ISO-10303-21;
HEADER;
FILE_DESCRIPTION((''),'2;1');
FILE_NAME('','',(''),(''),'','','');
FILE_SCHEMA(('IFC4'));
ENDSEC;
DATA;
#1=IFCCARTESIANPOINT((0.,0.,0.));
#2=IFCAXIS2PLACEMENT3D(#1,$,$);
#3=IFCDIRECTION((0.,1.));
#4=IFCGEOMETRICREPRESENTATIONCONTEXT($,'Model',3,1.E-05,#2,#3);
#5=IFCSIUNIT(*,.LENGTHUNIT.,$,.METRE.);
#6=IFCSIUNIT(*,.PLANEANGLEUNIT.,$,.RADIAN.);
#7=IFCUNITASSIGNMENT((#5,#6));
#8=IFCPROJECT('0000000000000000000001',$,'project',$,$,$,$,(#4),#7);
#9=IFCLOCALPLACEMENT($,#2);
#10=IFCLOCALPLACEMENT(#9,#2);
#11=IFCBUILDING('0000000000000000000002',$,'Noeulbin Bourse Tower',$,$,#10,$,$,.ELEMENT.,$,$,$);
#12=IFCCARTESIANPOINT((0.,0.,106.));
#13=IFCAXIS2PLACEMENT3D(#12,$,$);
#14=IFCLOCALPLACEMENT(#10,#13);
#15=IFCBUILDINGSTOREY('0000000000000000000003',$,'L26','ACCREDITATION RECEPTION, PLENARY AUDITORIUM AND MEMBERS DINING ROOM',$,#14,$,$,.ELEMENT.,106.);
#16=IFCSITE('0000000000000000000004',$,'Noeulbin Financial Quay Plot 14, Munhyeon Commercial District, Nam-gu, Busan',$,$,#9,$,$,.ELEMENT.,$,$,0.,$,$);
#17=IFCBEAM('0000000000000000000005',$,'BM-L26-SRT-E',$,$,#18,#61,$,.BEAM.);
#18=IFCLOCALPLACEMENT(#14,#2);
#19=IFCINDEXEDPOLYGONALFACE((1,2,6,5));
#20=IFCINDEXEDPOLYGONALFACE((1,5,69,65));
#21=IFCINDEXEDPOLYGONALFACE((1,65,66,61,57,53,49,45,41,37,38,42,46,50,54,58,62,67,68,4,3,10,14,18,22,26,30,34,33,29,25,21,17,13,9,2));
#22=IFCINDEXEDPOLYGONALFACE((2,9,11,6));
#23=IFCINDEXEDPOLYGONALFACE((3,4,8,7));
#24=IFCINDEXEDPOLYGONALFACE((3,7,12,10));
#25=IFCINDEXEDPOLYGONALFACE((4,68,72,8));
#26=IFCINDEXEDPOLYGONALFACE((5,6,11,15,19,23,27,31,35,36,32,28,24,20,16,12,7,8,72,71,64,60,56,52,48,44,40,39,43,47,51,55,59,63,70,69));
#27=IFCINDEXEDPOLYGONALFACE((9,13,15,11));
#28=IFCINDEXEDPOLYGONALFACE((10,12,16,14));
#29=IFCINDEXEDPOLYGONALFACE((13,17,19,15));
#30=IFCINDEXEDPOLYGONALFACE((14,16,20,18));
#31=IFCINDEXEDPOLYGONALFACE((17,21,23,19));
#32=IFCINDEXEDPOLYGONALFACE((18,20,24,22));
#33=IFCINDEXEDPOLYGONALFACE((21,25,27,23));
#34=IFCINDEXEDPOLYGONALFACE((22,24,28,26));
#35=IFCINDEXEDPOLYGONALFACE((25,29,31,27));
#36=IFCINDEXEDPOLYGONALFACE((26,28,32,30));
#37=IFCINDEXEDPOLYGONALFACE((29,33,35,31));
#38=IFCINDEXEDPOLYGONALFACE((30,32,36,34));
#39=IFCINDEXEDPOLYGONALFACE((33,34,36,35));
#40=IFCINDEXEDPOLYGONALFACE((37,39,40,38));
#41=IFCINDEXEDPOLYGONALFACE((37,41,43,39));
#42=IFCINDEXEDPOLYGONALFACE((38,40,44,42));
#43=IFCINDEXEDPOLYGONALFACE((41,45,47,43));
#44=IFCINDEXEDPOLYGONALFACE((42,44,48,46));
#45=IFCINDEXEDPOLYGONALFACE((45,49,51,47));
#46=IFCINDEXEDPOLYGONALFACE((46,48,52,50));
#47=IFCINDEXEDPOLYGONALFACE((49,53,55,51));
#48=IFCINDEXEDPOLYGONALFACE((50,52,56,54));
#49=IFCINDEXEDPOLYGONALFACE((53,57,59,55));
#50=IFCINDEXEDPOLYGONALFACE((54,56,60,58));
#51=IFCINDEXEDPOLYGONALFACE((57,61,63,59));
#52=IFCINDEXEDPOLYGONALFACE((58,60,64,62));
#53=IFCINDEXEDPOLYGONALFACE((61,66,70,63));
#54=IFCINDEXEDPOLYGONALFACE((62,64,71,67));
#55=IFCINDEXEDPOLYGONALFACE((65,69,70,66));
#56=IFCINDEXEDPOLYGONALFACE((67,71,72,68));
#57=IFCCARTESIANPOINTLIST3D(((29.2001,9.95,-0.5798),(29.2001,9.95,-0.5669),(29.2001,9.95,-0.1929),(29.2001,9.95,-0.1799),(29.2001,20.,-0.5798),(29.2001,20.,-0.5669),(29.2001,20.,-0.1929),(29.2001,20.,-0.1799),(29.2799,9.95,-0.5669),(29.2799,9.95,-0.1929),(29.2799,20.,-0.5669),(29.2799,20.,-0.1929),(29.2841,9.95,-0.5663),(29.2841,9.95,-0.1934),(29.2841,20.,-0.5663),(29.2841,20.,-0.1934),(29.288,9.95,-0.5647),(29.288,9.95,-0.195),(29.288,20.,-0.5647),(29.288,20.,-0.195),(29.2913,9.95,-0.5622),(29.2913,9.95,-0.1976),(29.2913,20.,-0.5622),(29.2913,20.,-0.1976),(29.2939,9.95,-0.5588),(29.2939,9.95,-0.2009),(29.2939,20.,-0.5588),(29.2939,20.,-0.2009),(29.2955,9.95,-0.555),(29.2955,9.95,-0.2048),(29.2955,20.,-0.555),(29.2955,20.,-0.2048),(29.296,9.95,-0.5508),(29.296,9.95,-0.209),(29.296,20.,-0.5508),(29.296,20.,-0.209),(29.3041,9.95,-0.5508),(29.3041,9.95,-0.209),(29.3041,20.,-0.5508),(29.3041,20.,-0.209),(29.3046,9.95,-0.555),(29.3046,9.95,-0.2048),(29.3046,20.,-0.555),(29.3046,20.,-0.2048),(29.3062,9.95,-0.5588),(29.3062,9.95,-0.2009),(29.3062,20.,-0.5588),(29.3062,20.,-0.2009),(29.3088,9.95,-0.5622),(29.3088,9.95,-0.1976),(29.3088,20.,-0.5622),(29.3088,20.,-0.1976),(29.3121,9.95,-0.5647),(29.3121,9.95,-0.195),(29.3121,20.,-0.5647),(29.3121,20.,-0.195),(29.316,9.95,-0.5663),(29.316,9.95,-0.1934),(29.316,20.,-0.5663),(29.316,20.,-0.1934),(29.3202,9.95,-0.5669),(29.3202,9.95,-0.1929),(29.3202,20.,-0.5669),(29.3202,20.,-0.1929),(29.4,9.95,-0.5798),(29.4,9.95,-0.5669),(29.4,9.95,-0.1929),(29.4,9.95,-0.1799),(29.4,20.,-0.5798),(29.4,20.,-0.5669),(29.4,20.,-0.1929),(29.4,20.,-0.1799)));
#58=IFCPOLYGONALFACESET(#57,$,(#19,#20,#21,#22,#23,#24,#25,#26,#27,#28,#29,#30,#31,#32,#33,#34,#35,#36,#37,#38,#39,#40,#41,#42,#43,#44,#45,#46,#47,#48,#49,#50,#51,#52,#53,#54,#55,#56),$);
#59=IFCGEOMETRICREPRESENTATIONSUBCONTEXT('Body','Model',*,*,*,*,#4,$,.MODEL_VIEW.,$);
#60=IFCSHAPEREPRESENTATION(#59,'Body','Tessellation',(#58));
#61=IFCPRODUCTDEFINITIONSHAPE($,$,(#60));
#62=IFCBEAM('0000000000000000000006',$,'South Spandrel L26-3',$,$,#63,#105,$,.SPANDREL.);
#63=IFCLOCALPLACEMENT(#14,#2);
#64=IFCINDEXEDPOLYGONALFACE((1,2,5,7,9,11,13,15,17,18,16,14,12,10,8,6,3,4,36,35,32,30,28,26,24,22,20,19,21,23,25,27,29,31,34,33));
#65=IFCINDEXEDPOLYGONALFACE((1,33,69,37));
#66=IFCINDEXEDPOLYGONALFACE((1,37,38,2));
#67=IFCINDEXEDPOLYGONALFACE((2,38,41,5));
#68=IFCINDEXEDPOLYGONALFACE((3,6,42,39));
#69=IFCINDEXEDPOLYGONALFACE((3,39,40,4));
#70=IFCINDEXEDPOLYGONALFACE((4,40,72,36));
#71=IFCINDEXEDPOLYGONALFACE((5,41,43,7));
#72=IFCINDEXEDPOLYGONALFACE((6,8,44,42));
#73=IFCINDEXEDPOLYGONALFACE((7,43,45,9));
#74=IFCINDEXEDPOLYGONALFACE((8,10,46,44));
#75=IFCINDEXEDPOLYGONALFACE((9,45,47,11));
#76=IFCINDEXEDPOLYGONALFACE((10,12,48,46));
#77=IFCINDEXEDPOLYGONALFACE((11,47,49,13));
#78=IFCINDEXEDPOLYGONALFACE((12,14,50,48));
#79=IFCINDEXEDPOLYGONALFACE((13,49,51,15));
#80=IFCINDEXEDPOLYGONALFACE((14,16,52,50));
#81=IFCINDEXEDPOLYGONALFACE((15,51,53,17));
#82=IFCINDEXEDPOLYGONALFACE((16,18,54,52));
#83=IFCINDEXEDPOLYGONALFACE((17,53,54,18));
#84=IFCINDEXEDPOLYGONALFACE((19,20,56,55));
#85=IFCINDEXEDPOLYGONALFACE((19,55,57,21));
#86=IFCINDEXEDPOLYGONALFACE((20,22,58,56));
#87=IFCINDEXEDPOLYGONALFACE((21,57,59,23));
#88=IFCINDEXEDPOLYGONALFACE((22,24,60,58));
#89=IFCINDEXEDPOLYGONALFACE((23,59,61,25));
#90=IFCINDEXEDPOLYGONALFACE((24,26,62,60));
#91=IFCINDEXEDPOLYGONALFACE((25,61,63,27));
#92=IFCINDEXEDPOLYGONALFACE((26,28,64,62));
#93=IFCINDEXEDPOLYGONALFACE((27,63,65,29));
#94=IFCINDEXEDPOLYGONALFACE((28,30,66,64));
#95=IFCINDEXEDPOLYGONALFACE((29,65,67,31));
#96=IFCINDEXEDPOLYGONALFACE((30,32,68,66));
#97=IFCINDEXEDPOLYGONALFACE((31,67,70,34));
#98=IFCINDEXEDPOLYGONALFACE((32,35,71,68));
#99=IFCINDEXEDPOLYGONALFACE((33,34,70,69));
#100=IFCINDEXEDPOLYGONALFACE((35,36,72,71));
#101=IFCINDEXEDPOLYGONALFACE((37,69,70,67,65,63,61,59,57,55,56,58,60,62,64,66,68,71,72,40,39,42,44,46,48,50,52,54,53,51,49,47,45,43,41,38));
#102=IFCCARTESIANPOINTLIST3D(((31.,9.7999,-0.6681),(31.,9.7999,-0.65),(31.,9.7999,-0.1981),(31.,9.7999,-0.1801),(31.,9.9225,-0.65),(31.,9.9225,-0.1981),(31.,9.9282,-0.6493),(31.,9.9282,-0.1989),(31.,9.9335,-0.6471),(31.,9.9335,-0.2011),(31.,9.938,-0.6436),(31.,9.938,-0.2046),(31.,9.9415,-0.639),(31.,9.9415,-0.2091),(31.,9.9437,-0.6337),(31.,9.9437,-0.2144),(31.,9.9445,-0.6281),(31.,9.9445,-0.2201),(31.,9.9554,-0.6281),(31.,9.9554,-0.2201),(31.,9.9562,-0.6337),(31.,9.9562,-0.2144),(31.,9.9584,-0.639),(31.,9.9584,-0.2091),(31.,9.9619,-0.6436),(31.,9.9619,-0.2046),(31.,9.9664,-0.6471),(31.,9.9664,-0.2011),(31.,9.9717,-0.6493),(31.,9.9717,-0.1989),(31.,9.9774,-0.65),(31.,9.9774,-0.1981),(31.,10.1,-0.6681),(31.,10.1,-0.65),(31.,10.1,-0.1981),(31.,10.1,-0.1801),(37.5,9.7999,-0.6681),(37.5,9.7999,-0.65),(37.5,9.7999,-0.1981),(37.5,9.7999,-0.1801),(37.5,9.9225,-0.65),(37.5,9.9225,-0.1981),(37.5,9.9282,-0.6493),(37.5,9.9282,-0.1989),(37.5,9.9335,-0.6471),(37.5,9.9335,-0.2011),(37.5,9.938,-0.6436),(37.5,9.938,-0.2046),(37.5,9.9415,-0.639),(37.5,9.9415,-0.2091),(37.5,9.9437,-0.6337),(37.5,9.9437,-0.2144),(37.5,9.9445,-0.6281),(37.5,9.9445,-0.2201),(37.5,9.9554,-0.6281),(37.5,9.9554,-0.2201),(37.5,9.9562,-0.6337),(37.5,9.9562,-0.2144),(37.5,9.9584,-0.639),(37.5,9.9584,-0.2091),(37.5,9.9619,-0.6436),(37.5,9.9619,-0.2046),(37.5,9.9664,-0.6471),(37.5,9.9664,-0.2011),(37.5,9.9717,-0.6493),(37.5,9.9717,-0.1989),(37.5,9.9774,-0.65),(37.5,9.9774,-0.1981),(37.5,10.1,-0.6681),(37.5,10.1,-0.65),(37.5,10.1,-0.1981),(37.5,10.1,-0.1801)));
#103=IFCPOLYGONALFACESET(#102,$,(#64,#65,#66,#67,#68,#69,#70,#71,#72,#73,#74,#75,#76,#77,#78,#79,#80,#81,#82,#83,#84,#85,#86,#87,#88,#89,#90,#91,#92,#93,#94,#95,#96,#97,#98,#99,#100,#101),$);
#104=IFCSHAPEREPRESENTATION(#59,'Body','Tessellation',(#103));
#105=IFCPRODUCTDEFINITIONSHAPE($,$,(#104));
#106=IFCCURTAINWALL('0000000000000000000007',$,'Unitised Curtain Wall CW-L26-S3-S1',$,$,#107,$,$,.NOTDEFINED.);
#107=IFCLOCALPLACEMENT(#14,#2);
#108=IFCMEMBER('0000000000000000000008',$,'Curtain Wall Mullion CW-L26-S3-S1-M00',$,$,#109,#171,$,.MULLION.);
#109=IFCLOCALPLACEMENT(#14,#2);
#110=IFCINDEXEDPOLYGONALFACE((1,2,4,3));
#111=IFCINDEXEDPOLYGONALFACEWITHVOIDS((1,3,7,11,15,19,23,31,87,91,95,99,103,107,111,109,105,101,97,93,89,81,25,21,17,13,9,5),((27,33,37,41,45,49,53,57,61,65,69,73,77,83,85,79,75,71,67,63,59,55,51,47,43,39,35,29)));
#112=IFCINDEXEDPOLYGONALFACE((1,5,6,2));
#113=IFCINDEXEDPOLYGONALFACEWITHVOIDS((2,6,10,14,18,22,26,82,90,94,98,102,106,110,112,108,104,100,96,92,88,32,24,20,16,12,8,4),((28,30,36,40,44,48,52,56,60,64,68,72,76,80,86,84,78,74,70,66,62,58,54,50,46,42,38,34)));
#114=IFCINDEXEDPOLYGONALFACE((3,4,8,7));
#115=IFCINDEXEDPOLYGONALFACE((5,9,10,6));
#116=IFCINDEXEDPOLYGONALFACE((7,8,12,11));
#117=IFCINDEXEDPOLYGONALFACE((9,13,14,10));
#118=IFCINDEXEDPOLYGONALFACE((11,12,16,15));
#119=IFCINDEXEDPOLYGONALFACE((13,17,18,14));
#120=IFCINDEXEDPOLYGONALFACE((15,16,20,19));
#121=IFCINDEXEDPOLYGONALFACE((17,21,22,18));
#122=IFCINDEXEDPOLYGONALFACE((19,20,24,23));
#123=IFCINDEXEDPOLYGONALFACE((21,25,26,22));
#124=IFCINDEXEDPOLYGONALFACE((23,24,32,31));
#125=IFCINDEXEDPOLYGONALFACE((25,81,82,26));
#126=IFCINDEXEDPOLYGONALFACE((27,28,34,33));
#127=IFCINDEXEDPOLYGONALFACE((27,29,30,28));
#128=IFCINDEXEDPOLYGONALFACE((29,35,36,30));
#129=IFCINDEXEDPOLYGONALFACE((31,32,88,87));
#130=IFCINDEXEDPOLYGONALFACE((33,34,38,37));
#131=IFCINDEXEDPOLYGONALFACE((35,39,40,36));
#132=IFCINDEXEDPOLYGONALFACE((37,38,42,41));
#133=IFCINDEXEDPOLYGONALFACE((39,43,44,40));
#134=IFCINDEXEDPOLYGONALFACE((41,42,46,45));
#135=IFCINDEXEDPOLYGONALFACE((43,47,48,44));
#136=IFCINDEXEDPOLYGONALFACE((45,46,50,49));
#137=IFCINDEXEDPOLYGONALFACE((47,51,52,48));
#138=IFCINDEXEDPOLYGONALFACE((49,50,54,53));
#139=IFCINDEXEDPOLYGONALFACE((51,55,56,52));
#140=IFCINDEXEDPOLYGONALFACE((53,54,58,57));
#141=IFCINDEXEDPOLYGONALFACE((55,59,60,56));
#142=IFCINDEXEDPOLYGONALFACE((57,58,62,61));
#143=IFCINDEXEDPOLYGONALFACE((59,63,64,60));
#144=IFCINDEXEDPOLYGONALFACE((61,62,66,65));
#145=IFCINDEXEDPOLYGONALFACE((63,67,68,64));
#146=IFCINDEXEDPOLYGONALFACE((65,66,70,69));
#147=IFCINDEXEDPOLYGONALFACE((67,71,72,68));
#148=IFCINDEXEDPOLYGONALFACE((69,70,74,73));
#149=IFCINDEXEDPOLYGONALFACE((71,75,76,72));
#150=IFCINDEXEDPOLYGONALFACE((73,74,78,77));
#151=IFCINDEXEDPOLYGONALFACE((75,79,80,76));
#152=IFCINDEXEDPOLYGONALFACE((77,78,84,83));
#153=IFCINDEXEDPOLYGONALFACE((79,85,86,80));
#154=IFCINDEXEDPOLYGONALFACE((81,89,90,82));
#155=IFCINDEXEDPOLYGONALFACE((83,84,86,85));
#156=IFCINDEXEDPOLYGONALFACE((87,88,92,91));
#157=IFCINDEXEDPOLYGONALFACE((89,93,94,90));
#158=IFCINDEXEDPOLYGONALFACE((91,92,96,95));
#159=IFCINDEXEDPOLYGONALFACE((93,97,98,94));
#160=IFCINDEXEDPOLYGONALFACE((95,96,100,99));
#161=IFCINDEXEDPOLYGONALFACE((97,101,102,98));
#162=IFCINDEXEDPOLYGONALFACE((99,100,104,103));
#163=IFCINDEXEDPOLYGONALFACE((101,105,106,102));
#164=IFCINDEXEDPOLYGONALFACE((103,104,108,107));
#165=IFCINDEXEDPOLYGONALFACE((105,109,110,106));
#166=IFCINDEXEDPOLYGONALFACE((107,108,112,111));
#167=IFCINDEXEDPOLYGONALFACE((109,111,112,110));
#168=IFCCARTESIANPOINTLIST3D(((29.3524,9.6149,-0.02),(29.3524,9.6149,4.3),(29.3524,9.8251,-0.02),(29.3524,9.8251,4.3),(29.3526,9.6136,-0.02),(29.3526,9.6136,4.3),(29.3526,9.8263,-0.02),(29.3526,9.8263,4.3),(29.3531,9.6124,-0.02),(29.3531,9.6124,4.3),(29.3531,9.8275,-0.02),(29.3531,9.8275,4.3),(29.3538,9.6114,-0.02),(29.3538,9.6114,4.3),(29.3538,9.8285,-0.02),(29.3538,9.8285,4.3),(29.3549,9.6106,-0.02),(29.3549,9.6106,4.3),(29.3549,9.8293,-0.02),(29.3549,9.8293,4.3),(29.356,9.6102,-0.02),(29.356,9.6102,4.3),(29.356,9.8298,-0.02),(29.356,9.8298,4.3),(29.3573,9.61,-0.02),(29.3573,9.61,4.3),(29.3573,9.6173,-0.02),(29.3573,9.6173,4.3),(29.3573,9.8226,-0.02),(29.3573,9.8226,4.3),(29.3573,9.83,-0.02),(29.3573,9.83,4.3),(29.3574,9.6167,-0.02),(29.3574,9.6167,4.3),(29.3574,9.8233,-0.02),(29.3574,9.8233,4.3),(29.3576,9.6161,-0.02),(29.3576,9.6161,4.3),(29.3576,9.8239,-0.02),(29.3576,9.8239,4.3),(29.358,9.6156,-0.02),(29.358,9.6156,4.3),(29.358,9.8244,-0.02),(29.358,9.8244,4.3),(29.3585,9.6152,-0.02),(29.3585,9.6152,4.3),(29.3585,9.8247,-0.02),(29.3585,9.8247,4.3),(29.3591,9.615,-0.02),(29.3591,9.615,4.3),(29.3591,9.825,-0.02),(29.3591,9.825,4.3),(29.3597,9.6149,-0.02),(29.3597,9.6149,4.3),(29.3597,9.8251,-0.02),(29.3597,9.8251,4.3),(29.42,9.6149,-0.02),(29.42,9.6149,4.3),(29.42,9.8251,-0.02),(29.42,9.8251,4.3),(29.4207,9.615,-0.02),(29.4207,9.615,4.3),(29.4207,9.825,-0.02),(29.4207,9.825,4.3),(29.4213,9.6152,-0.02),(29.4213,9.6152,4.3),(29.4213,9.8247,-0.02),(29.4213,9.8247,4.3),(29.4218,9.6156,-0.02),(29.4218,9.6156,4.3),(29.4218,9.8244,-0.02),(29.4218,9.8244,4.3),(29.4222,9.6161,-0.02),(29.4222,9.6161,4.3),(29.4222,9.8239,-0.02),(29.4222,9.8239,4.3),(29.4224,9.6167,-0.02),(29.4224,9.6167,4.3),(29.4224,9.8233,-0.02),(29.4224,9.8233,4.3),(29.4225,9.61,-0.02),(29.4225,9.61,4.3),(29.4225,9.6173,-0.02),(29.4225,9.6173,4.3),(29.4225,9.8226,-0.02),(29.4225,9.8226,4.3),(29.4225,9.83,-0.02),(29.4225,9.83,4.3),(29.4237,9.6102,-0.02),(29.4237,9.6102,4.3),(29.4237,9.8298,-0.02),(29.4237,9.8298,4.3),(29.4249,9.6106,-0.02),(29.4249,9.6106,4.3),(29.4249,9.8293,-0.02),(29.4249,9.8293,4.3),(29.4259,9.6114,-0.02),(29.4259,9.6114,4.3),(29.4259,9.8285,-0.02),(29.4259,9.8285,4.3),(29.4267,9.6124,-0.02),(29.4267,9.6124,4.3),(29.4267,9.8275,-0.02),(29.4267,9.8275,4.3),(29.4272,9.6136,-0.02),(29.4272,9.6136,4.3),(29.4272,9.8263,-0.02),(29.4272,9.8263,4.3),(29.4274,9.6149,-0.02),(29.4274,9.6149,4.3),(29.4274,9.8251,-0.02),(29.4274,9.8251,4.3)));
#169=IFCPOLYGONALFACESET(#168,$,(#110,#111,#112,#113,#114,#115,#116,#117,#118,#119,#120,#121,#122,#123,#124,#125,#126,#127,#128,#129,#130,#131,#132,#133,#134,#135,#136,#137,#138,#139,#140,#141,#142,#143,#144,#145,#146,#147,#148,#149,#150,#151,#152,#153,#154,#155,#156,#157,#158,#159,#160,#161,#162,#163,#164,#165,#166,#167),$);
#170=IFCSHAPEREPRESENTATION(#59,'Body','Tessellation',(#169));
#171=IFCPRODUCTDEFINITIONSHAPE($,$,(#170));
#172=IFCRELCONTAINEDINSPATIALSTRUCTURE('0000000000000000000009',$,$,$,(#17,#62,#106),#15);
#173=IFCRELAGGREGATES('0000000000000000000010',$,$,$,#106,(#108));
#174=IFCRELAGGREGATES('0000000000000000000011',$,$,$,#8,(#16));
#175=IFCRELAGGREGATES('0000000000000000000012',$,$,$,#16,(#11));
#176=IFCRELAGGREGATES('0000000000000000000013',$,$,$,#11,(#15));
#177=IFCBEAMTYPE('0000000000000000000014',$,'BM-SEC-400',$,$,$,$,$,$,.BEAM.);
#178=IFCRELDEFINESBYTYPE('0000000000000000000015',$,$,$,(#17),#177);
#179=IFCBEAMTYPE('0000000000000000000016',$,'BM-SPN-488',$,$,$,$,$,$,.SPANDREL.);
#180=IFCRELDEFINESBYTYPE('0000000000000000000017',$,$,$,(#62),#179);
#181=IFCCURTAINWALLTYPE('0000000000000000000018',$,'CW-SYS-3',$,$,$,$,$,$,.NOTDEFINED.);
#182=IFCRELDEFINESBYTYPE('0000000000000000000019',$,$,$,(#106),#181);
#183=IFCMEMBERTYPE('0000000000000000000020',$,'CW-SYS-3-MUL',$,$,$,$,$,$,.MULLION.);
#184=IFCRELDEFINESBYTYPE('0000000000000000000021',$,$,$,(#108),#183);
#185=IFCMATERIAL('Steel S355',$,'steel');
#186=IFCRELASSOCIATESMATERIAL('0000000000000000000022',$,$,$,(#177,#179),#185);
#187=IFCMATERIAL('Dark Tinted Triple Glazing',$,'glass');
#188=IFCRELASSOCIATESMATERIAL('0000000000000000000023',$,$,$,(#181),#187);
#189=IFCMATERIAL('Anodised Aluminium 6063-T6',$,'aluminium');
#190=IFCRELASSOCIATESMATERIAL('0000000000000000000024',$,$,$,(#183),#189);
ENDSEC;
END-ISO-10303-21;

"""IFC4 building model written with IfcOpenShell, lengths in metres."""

from ifc_helpers import new_model, si_unit, direction, frame, origin, origin_2d, place, context, subcontext, project, spatial, hollow_rectangle, i_section, extrude, material, material_profile, profile_set, type_object, element, aggregate, save


model = new_model("IFC4")

# Units and contexts
model_context = context("Model", 3, precision=1e-05, world=origin(), true_north=direction((0.0, 1.0)))
body_context = subcontext(model_context, "Body", "Model", "MODEL_VIEW")
ifc_project = project(units=[si_unit("LENGTHUNIT", "METRE"), si_unit("PLANEANGLEUNIT", "RADIAN")], contexts=[model_context])

# Site, building, storey
site_placement = place(None, origin())
site = spatial("IfcSite", under=ifc_project, at=site_placement, Name="Noeulbin Financial Quay Plot 14, Munhyeon Commercial District, Nam-gu, Busan", CompositionType="ELEMENT", RefElevation=0.0)
building_placement = place(site_placement, origin())
building = spatial("IfcBuilding", under=site, at=building_placement, Name="Noeulbin Bourse Tower", CompositionType="ELEMENT")
storey_placement = place(building_placement, frame((0.0, 0.0, 106.0)))
storey = spatial("IfcBuildingStorey", under=building, at=storey_placement, Name="L26", Description="ACCREDITATION RECEPTION, PLENARY AUDITORIUM AND MEMBERS DINING ROOM", CompositionType="ELEMENT", Elevation=106.0)

# Shared definitions
ifc_material_1 = material(Name="Steel S355", Category="steel")

# Beams
ifc_material_profile_1 = material_profile(ifc_material_1, i_section(OverallWidth=0.2, OverallDepth=0.3999, WebThickness=0.0081, FlangeThickness=0.0129, FilletRadius=0.0161, at=origin_2d()), Name="H-400x200x8x13", Category="LoadBearing")
ifc_profile_set_1 = profile_set([ifc_material_profile_1], Name="Steel S355")
beam_type_1 = type_object("IfcBeamType", Name="BM-SEC-400", PredefinedType="BEAM", material=ifc_profile_set_1)
beam_1_placement = place(storey_placement, frame((29.3, 9.95, -0.3799), z_axis=(0.0, 1.0, 0.0), x_axis=(-1.0, 0.0, 0.0)))
element("IfcBeam", 1, at=beam_1_placement, inside=storey, type_object=beam_type_1, Name="BM-L26-SRT-E", PredefinedType="BEAM", context=body_context, shape_type="SweptSolid", body=[
    extrude(i_section(OverallWidth=0.2, OverallDepth=0.3999, WebThickness=0.0081, FlangeThickness=0.0129, FilletRadius=0.0161, at=origin_2d()), origin(), (0.0, 0.0, 1.0), 10.05),
])
ifc_material_profile_2 = material_profile(ifc_material_1, i_section(OverallWidth=0.3, OverallDepth=0.488, WebThickness=0.011, FlangeThickness=0.0181, FilletRadius=0.022, at=origin_2d()), Name="H-488x300x11x18", Category="LoadBearing")
ifc_profile_set_2 = profile_set([ifc_material_profile_2], Name="Steel S355")
beam_type_2 = type_object("IfcBeamType", Name="BM-SPN-488", PredefinedType="SPANDREL", material=ifc_profile_set_2)
beam_2_placement = place(storey_placement, frame((31.0, 9.95, -0.4241), z_axis=(1.0, 0.0, 0.0), x_axis=(0.0, 1.0, 0.0)))
element("IfcBeam", 2, at=beam_2_placement, inside=storey, type_object=beam_type_2, Name="South Spandrel L26-3", PredefinedType="SPANDREL", context=body_context, shape_type="SweptSolid", body=[
    extrude(i_section(OverallWidth=0.3, OverallDepth=0.488, WebThickness=0.011, FlangeThickness=0.0181, FilletRadius=0.022, at=origin_2d()), origin(), (0.0, 0.0, 1.0), 6.5),
])

# Curtain wall, member
ifc_material_2 = material(Name="Dark Tinted Triple Glazing", Category="glass")
curtain_wall_type = type_object("IfcCurtainWallType", Name="CW-SYS-3", PredefinedType="NOTDEFINED", material=ifc_material_2)
curtain_wall_1_placement = place(storey_placement, origin())
curtain_wall_1 = element("IfcCurtainWall", 3, at=curtain_wall_1_placement, inside=storey, type_object=curtain_wall_type, Name="Unitised Curtain Wall CW-L26-S3-S1", PredefinedType="NOTDEFINED")
ifc_material_3 = material(Name="Anodised Aluminium 6063-T6", Category="aluminium")
ifc_material_profile_3 = material_profile(ifc_material_3, hollow_rectangle(XDim=0.075, YDim=0.22, WallThickness=0.0049, InnerFilletRadius=0.0024, OuterFilletRadius=0.0049, at=origin_2d()), Name="ALU-MULL-75x220x5", Category="LoadBearing")
ifc_profile_set_3 = profile_set([ifc_material_profile_3], Name="Anodised Aluminium 6063-T6")
member_type_1 = type_object("IfcMemberType", Name="CW-SYS-3-MUL", PredefinedType="MULLION", material=ifc_profile_set_3)
member_1_placement = place(storey_placement, frame((29.3899, 9.72, -0.02), z_axis=(0.0, 0.0, 1.0), x_axis=(1.0, 0.0, 0.0)))
member_1 = element("IfcMember", 4, at=member_1_placement, type_object=member_type_1, Name="Curtain Wall Mullion CW-L26-S3-S1-M00", PredefinedType="MULLION", context=body_context, shape_type="SweptSolid", body=[
    extrude(hollow_rectangle(XDim=0.075, YDim=0.22, WallThickness=0.0049, InnerFilletRadius=0.0024, OuterFilletRadius=0.0049, at=origin_2d()), origin(), (0.0, 0.0, 1.0), 4.3201),
])

aggregate(curtain_wall_1, [member_1])

save(model, "model.ifc")
